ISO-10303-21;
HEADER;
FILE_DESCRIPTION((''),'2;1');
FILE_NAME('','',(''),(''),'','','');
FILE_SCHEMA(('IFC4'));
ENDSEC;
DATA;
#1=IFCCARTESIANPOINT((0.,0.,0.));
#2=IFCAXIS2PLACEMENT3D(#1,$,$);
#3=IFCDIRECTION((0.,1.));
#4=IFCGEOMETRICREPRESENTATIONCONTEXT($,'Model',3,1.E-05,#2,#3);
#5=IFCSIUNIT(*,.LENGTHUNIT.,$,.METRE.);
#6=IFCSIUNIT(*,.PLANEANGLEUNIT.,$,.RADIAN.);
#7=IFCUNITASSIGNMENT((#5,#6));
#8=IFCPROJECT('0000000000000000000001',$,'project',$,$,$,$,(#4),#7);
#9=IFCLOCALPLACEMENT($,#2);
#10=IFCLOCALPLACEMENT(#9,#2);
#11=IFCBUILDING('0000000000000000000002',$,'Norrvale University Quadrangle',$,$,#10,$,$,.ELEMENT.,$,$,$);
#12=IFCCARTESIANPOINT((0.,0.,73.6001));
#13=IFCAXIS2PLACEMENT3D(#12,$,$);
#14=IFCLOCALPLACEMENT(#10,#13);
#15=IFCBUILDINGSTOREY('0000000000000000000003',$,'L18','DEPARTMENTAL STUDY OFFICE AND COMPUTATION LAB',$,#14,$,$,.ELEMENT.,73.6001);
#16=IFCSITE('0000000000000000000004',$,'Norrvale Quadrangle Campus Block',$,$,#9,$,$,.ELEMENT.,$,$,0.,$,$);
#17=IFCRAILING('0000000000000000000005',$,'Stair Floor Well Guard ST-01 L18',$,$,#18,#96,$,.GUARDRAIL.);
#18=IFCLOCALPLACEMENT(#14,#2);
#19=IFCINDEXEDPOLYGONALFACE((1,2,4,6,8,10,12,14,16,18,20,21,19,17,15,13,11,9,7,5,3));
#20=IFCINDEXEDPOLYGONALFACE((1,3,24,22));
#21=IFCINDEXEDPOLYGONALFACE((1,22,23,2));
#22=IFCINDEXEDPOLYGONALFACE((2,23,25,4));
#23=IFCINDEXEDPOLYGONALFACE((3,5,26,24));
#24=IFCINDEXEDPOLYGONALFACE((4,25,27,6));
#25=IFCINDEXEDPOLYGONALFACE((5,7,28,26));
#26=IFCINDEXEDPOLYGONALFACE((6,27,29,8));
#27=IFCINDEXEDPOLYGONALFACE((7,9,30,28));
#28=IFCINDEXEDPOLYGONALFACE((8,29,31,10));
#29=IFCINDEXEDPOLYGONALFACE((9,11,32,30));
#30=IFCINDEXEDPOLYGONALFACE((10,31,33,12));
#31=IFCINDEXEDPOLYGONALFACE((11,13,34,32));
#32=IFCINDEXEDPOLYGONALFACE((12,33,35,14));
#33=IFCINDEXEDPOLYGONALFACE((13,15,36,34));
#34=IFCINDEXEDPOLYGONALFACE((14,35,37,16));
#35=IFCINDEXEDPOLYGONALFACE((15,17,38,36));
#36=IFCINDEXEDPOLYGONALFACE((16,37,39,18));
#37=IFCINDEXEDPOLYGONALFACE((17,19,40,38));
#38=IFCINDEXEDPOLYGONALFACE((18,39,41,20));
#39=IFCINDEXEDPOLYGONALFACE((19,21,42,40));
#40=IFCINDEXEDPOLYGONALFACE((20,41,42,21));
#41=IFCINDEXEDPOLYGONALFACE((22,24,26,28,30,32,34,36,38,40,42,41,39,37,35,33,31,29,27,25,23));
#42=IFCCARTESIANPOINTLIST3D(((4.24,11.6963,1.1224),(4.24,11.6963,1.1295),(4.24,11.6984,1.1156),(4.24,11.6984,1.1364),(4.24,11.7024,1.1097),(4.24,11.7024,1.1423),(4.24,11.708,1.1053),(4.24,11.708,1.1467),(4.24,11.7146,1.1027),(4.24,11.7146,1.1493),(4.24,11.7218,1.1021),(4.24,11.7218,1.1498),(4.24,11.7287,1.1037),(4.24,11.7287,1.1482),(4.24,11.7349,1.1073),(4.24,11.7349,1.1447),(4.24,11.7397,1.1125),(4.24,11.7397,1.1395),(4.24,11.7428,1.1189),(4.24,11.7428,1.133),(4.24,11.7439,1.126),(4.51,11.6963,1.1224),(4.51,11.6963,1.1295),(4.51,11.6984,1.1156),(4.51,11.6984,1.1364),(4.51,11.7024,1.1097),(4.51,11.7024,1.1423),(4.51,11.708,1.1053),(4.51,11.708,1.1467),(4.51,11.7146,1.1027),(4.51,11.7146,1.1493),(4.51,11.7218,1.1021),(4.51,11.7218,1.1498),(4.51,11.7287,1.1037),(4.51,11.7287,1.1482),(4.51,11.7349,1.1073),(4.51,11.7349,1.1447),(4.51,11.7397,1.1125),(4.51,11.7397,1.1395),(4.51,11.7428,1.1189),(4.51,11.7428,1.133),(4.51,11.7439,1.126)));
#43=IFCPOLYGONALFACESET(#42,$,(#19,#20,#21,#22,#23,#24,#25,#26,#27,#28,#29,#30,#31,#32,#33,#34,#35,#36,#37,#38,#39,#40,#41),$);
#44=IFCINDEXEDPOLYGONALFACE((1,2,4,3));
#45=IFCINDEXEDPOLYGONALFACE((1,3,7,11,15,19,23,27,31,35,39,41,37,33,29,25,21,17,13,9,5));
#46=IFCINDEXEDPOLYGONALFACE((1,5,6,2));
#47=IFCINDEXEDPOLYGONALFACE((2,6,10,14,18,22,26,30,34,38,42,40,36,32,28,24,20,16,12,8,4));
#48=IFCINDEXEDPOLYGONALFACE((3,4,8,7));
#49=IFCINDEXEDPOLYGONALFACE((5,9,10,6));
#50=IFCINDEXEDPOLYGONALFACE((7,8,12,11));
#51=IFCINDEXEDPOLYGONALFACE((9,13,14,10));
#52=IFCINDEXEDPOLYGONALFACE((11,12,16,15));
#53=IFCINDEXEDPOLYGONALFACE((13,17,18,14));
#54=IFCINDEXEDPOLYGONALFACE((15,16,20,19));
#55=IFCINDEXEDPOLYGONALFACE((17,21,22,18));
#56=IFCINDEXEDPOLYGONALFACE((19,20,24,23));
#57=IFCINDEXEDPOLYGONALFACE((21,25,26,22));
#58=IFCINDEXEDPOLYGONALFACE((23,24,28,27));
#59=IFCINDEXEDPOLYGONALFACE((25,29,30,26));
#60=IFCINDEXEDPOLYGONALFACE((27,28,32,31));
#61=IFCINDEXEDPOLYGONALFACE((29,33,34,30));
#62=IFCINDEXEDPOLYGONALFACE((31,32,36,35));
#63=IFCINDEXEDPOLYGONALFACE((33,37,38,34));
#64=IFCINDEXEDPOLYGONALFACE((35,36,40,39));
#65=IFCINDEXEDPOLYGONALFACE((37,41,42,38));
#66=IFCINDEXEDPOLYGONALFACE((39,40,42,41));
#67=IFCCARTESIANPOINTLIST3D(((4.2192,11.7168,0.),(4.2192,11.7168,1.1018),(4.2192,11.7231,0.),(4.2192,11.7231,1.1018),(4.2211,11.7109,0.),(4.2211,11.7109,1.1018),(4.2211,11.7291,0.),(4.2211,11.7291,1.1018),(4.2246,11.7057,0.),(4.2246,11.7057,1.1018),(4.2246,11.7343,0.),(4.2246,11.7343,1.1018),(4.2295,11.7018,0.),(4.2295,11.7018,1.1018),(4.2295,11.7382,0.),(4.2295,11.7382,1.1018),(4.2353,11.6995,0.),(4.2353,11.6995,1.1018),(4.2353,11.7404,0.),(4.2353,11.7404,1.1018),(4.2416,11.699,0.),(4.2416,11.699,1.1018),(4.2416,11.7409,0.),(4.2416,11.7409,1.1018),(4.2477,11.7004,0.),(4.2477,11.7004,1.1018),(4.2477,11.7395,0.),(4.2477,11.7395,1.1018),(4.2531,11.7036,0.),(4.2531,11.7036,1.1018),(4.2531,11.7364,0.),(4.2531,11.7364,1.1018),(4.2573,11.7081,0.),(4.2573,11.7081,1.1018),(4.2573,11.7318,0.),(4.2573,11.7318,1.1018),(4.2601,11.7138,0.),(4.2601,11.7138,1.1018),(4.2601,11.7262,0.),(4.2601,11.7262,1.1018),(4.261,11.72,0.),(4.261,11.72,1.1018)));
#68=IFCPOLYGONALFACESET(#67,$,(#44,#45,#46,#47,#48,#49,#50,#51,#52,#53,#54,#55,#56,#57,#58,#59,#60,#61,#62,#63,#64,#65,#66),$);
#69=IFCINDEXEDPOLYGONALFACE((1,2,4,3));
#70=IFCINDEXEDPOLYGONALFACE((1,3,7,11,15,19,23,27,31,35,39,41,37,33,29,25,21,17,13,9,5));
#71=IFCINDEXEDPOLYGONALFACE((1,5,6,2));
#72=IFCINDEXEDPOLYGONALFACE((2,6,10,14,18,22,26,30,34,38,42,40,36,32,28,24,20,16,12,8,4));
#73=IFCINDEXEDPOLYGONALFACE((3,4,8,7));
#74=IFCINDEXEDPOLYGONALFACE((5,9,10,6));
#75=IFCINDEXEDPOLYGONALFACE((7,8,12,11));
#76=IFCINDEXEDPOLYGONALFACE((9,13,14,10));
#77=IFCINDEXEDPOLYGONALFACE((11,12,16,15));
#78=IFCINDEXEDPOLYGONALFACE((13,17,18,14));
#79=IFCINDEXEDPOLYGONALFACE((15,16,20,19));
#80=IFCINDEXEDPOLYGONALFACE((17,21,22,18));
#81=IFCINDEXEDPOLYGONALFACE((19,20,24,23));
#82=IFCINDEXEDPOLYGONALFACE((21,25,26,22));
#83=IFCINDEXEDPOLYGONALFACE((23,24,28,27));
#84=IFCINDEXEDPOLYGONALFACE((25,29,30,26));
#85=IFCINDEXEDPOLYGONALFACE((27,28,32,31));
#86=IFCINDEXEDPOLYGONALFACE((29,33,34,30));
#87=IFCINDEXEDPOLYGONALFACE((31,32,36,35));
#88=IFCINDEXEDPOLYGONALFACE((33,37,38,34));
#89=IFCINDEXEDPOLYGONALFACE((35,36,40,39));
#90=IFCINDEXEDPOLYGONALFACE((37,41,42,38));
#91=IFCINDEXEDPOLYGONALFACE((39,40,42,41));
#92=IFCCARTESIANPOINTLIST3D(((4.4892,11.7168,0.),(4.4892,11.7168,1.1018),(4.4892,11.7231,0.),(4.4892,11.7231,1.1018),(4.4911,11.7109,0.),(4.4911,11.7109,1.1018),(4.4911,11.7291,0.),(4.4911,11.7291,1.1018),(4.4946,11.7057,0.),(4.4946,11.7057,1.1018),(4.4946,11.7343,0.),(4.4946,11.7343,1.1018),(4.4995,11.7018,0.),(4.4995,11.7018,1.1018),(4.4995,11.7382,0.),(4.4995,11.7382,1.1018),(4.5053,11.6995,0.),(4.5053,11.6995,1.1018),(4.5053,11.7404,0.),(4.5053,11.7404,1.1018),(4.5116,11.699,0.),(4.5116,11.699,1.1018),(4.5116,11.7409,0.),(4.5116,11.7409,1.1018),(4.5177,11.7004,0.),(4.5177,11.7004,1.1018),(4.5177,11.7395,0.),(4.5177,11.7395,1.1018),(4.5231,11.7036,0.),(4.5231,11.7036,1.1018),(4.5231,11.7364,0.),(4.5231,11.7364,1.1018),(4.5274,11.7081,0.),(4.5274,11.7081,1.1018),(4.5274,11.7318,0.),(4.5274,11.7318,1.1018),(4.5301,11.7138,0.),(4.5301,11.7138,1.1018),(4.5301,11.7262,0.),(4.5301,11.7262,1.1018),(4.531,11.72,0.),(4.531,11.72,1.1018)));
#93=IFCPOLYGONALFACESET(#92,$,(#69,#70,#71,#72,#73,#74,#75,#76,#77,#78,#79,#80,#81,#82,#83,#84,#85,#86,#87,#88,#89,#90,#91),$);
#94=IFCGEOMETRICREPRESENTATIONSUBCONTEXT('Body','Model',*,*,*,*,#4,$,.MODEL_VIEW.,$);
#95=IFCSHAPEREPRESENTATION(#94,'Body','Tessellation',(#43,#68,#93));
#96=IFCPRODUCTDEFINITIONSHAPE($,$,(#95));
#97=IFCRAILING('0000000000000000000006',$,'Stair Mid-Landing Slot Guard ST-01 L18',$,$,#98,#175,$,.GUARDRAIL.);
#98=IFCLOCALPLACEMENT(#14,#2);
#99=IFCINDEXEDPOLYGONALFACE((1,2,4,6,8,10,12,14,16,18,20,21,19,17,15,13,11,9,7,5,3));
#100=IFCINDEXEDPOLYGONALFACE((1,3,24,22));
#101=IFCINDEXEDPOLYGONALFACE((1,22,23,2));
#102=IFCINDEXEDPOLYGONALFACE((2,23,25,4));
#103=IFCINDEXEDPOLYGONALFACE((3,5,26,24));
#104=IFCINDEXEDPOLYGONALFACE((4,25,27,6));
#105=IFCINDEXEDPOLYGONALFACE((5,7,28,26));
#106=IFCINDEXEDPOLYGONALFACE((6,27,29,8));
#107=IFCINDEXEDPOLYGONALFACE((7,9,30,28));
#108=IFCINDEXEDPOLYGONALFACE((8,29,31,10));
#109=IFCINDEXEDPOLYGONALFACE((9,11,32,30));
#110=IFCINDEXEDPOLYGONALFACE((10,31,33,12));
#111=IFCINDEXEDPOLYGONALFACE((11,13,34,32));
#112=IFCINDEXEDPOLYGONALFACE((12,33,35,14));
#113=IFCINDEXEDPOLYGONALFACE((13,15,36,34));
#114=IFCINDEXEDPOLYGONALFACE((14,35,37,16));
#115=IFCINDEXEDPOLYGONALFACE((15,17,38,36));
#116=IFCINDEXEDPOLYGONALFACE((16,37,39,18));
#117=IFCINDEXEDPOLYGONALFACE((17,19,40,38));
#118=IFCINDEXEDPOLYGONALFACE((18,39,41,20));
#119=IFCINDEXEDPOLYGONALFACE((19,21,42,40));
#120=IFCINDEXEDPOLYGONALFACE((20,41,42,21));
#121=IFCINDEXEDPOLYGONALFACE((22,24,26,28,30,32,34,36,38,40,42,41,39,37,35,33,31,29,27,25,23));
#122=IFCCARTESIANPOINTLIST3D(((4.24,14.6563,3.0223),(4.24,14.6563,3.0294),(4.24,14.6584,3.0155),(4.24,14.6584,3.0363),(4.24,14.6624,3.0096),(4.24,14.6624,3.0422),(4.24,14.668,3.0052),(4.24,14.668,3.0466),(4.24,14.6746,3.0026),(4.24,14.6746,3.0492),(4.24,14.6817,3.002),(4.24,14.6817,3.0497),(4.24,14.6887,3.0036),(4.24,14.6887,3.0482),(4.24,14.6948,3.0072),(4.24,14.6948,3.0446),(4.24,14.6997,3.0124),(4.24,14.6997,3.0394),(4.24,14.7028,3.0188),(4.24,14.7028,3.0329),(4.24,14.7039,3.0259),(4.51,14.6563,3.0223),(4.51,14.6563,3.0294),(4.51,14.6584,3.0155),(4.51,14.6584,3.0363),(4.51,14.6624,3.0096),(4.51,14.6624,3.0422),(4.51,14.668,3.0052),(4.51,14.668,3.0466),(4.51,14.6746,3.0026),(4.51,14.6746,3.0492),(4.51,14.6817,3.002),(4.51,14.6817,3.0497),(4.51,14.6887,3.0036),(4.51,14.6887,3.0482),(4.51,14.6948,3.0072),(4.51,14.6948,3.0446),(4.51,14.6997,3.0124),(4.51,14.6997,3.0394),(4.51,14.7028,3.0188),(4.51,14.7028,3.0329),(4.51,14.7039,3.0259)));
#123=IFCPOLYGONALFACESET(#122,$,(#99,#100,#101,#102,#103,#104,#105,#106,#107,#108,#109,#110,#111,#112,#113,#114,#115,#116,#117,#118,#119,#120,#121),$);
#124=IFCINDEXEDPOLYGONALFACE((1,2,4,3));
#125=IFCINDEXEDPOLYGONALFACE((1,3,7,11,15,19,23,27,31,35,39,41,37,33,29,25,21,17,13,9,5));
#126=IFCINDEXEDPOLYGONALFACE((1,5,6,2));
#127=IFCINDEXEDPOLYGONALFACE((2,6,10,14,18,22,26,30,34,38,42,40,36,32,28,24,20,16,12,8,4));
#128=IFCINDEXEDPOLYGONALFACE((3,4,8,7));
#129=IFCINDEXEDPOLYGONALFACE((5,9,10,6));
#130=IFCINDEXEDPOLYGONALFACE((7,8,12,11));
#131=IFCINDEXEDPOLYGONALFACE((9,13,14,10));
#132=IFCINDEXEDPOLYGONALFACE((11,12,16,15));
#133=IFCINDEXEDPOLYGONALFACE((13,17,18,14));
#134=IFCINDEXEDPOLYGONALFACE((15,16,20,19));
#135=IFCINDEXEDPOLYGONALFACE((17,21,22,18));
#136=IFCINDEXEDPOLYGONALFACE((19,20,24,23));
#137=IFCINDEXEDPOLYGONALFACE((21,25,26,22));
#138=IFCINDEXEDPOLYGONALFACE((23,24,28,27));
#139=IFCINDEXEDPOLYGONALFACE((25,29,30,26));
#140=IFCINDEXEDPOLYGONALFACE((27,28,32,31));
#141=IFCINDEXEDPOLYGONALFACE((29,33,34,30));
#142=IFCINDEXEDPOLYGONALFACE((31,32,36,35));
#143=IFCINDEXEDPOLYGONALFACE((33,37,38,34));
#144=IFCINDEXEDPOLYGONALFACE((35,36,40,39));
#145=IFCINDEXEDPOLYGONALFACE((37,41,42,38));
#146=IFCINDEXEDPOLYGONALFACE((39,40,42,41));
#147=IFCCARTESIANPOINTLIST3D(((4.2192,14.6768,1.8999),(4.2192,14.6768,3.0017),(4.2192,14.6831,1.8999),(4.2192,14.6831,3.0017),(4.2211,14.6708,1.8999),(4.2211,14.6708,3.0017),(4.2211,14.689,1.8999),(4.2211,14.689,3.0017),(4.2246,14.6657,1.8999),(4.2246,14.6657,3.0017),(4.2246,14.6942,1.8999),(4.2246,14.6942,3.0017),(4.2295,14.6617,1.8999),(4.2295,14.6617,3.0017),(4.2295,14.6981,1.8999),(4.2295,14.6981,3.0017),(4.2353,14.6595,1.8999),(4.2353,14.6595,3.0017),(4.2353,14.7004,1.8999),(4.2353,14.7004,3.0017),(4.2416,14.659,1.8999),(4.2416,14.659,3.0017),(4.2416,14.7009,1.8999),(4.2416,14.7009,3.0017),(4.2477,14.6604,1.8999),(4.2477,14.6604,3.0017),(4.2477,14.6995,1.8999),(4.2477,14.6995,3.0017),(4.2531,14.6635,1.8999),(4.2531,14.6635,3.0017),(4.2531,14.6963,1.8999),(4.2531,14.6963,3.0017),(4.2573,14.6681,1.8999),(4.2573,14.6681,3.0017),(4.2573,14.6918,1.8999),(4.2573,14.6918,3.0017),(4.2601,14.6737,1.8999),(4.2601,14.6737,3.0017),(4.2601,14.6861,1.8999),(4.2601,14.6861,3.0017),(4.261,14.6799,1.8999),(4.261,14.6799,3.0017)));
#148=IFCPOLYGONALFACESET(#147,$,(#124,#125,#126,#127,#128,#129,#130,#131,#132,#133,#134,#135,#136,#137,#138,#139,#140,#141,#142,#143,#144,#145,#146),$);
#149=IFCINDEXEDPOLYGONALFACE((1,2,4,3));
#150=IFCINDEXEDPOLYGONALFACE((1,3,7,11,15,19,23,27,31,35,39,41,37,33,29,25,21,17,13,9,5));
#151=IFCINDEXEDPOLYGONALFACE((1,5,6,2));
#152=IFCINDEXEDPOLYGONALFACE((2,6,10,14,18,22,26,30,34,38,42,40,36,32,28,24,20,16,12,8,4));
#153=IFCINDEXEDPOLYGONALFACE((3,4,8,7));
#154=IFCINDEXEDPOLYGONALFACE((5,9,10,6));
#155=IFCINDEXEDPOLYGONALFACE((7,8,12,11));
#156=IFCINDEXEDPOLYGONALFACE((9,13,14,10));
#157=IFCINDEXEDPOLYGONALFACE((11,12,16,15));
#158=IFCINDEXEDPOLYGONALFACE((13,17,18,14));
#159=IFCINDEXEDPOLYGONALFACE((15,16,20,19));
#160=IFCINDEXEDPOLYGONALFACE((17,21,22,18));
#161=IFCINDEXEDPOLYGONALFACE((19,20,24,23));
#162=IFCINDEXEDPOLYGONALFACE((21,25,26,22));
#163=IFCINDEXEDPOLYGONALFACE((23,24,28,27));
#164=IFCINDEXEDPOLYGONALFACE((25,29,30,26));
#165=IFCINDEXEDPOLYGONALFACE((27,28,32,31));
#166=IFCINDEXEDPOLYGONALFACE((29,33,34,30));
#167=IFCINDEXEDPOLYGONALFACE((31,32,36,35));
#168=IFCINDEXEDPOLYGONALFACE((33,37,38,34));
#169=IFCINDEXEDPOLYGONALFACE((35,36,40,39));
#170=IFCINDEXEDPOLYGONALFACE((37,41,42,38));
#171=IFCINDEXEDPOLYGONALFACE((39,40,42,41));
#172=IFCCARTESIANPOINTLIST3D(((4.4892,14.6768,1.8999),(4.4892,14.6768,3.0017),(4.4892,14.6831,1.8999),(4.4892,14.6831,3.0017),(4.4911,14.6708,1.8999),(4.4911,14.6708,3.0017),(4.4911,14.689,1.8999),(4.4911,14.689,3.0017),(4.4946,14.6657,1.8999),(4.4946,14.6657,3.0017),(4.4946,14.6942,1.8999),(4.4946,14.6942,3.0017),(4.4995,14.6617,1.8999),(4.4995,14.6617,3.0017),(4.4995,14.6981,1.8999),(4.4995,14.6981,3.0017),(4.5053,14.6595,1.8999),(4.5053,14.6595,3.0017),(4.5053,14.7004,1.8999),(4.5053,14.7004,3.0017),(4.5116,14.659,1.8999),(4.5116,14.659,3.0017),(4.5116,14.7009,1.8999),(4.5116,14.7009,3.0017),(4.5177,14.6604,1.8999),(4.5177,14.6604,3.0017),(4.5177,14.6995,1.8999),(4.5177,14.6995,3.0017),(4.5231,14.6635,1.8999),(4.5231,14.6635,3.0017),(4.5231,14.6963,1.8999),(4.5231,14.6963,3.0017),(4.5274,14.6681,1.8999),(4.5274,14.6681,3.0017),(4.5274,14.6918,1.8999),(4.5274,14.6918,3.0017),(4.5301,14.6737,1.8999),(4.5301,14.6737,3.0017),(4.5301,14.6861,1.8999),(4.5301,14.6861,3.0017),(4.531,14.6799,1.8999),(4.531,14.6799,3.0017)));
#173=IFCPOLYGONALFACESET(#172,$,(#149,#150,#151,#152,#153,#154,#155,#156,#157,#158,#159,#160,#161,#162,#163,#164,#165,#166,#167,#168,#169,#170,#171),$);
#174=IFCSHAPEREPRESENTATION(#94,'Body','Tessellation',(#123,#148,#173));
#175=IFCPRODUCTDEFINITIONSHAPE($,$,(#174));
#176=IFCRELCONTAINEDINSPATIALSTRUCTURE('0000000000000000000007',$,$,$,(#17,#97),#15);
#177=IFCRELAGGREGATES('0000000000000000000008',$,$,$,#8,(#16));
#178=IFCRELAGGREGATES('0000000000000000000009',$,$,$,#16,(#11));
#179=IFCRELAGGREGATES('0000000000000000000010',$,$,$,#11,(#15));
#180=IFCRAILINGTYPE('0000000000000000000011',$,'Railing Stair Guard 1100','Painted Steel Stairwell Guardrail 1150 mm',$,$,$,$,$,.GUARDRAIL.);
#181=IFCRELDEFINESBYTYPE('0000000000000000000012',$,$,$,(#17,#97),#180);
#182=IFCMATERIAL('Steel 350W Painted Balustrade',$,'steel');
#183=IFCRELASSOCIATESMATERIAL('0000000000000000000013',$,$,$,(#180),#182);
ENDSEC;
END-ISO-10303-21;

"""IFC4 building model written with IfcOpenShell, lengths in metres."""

from ifc_helpers import new_model, si_unit, direction, frame, origin, origin_2d, place, context, subcontext, project, spatial, circle, extrude, material, type_object, element, save


model = new_model("IFC4")

# Units and contexts
model_context = context("Model", 3, precision=1e-05, world=origin(), true_north=direction((0.0, 1.0)))
body_context = subcontext(model_context, "Body", "Model", "MODEL_VIEW")
ifc_project = project(units=[si_unit("LENGTHUNIT", "METRE"), si_unit("PLANEANGLEUNIT", "RADIAN")], contexts=[model_context])

# Site, building, storey
site_placement = place(None, origin())
site = spatial("IfcSite", under=ifc_project, at=site_placement, Name="Norrvale Quadrangle Campus Block", CompositionType="ELEMENT", RefElevation=0.0)
building_placement = place(site_placement, origin())
building = spatial("IfcBuilding", under=site, at=building_placement, Name="Norrvale University Quadrangle", CompositionType="ELEMENT")
storey_placement = place(building_placement, frame((0.0, 0.0, 73.6001)))
storey = spatial("IfcBuildingStorey", under=building, at=storey_placement, Name="L18", Description="DEPARTMENTAL STUDY OFFICE AND COMPUTATION LAB", CompositionType="ELEMENT", Elevation=73.6001)

# Railings
ifc_material_1 = material(Name="Steel 350W Painted Balustrade", Category="steel")
railing_type_1 = type_object("IfcRailingType", Name="Railing Stair Guard 1100", Description="Painted Steel Stairwell Guardrail 1150 mm", PredefinedType="GUARDRAIL", material=ifc_material_1)
for number, where, name in (
    (1, (4.24, 11.72, 0.0), "Stair Floor Well Guard ST-01 L18"),
    (2, (4.24, 14.6799, 1.8999), "Stair Mid-Landing Slot Guard ST-01 L18"),
):
    element("IfcRailing", number, at=place(storey_placement, frame(where)), inside=storey, type_object=railing_type_1, Name=name, PredefinedType="GUARDRAIL", context=body_context, shape_type="SweptSolid", body=[
        extrude(circle(Radius=0.0239, at=origin_2d()), frame((0.0, 0.0, 1.126), z_axis=(1.0, 0.0, 0.0), x_axis=(0.0, 1.0, 0.0)), (0.0, 0.0, 1.0), 0.27),
        extrude(circle(Radius=0.021, at=origin_2d()), origin(), (0.0, 0.0, 1.0), 1.1018),
        extrude(circle(Radius=0.021, at=origin_2d()), frame((0.27, 0.0, 0.0)), (0.0, 0.0, 1.0), 1.1018),
    ])

save(model, "model.ifc")
